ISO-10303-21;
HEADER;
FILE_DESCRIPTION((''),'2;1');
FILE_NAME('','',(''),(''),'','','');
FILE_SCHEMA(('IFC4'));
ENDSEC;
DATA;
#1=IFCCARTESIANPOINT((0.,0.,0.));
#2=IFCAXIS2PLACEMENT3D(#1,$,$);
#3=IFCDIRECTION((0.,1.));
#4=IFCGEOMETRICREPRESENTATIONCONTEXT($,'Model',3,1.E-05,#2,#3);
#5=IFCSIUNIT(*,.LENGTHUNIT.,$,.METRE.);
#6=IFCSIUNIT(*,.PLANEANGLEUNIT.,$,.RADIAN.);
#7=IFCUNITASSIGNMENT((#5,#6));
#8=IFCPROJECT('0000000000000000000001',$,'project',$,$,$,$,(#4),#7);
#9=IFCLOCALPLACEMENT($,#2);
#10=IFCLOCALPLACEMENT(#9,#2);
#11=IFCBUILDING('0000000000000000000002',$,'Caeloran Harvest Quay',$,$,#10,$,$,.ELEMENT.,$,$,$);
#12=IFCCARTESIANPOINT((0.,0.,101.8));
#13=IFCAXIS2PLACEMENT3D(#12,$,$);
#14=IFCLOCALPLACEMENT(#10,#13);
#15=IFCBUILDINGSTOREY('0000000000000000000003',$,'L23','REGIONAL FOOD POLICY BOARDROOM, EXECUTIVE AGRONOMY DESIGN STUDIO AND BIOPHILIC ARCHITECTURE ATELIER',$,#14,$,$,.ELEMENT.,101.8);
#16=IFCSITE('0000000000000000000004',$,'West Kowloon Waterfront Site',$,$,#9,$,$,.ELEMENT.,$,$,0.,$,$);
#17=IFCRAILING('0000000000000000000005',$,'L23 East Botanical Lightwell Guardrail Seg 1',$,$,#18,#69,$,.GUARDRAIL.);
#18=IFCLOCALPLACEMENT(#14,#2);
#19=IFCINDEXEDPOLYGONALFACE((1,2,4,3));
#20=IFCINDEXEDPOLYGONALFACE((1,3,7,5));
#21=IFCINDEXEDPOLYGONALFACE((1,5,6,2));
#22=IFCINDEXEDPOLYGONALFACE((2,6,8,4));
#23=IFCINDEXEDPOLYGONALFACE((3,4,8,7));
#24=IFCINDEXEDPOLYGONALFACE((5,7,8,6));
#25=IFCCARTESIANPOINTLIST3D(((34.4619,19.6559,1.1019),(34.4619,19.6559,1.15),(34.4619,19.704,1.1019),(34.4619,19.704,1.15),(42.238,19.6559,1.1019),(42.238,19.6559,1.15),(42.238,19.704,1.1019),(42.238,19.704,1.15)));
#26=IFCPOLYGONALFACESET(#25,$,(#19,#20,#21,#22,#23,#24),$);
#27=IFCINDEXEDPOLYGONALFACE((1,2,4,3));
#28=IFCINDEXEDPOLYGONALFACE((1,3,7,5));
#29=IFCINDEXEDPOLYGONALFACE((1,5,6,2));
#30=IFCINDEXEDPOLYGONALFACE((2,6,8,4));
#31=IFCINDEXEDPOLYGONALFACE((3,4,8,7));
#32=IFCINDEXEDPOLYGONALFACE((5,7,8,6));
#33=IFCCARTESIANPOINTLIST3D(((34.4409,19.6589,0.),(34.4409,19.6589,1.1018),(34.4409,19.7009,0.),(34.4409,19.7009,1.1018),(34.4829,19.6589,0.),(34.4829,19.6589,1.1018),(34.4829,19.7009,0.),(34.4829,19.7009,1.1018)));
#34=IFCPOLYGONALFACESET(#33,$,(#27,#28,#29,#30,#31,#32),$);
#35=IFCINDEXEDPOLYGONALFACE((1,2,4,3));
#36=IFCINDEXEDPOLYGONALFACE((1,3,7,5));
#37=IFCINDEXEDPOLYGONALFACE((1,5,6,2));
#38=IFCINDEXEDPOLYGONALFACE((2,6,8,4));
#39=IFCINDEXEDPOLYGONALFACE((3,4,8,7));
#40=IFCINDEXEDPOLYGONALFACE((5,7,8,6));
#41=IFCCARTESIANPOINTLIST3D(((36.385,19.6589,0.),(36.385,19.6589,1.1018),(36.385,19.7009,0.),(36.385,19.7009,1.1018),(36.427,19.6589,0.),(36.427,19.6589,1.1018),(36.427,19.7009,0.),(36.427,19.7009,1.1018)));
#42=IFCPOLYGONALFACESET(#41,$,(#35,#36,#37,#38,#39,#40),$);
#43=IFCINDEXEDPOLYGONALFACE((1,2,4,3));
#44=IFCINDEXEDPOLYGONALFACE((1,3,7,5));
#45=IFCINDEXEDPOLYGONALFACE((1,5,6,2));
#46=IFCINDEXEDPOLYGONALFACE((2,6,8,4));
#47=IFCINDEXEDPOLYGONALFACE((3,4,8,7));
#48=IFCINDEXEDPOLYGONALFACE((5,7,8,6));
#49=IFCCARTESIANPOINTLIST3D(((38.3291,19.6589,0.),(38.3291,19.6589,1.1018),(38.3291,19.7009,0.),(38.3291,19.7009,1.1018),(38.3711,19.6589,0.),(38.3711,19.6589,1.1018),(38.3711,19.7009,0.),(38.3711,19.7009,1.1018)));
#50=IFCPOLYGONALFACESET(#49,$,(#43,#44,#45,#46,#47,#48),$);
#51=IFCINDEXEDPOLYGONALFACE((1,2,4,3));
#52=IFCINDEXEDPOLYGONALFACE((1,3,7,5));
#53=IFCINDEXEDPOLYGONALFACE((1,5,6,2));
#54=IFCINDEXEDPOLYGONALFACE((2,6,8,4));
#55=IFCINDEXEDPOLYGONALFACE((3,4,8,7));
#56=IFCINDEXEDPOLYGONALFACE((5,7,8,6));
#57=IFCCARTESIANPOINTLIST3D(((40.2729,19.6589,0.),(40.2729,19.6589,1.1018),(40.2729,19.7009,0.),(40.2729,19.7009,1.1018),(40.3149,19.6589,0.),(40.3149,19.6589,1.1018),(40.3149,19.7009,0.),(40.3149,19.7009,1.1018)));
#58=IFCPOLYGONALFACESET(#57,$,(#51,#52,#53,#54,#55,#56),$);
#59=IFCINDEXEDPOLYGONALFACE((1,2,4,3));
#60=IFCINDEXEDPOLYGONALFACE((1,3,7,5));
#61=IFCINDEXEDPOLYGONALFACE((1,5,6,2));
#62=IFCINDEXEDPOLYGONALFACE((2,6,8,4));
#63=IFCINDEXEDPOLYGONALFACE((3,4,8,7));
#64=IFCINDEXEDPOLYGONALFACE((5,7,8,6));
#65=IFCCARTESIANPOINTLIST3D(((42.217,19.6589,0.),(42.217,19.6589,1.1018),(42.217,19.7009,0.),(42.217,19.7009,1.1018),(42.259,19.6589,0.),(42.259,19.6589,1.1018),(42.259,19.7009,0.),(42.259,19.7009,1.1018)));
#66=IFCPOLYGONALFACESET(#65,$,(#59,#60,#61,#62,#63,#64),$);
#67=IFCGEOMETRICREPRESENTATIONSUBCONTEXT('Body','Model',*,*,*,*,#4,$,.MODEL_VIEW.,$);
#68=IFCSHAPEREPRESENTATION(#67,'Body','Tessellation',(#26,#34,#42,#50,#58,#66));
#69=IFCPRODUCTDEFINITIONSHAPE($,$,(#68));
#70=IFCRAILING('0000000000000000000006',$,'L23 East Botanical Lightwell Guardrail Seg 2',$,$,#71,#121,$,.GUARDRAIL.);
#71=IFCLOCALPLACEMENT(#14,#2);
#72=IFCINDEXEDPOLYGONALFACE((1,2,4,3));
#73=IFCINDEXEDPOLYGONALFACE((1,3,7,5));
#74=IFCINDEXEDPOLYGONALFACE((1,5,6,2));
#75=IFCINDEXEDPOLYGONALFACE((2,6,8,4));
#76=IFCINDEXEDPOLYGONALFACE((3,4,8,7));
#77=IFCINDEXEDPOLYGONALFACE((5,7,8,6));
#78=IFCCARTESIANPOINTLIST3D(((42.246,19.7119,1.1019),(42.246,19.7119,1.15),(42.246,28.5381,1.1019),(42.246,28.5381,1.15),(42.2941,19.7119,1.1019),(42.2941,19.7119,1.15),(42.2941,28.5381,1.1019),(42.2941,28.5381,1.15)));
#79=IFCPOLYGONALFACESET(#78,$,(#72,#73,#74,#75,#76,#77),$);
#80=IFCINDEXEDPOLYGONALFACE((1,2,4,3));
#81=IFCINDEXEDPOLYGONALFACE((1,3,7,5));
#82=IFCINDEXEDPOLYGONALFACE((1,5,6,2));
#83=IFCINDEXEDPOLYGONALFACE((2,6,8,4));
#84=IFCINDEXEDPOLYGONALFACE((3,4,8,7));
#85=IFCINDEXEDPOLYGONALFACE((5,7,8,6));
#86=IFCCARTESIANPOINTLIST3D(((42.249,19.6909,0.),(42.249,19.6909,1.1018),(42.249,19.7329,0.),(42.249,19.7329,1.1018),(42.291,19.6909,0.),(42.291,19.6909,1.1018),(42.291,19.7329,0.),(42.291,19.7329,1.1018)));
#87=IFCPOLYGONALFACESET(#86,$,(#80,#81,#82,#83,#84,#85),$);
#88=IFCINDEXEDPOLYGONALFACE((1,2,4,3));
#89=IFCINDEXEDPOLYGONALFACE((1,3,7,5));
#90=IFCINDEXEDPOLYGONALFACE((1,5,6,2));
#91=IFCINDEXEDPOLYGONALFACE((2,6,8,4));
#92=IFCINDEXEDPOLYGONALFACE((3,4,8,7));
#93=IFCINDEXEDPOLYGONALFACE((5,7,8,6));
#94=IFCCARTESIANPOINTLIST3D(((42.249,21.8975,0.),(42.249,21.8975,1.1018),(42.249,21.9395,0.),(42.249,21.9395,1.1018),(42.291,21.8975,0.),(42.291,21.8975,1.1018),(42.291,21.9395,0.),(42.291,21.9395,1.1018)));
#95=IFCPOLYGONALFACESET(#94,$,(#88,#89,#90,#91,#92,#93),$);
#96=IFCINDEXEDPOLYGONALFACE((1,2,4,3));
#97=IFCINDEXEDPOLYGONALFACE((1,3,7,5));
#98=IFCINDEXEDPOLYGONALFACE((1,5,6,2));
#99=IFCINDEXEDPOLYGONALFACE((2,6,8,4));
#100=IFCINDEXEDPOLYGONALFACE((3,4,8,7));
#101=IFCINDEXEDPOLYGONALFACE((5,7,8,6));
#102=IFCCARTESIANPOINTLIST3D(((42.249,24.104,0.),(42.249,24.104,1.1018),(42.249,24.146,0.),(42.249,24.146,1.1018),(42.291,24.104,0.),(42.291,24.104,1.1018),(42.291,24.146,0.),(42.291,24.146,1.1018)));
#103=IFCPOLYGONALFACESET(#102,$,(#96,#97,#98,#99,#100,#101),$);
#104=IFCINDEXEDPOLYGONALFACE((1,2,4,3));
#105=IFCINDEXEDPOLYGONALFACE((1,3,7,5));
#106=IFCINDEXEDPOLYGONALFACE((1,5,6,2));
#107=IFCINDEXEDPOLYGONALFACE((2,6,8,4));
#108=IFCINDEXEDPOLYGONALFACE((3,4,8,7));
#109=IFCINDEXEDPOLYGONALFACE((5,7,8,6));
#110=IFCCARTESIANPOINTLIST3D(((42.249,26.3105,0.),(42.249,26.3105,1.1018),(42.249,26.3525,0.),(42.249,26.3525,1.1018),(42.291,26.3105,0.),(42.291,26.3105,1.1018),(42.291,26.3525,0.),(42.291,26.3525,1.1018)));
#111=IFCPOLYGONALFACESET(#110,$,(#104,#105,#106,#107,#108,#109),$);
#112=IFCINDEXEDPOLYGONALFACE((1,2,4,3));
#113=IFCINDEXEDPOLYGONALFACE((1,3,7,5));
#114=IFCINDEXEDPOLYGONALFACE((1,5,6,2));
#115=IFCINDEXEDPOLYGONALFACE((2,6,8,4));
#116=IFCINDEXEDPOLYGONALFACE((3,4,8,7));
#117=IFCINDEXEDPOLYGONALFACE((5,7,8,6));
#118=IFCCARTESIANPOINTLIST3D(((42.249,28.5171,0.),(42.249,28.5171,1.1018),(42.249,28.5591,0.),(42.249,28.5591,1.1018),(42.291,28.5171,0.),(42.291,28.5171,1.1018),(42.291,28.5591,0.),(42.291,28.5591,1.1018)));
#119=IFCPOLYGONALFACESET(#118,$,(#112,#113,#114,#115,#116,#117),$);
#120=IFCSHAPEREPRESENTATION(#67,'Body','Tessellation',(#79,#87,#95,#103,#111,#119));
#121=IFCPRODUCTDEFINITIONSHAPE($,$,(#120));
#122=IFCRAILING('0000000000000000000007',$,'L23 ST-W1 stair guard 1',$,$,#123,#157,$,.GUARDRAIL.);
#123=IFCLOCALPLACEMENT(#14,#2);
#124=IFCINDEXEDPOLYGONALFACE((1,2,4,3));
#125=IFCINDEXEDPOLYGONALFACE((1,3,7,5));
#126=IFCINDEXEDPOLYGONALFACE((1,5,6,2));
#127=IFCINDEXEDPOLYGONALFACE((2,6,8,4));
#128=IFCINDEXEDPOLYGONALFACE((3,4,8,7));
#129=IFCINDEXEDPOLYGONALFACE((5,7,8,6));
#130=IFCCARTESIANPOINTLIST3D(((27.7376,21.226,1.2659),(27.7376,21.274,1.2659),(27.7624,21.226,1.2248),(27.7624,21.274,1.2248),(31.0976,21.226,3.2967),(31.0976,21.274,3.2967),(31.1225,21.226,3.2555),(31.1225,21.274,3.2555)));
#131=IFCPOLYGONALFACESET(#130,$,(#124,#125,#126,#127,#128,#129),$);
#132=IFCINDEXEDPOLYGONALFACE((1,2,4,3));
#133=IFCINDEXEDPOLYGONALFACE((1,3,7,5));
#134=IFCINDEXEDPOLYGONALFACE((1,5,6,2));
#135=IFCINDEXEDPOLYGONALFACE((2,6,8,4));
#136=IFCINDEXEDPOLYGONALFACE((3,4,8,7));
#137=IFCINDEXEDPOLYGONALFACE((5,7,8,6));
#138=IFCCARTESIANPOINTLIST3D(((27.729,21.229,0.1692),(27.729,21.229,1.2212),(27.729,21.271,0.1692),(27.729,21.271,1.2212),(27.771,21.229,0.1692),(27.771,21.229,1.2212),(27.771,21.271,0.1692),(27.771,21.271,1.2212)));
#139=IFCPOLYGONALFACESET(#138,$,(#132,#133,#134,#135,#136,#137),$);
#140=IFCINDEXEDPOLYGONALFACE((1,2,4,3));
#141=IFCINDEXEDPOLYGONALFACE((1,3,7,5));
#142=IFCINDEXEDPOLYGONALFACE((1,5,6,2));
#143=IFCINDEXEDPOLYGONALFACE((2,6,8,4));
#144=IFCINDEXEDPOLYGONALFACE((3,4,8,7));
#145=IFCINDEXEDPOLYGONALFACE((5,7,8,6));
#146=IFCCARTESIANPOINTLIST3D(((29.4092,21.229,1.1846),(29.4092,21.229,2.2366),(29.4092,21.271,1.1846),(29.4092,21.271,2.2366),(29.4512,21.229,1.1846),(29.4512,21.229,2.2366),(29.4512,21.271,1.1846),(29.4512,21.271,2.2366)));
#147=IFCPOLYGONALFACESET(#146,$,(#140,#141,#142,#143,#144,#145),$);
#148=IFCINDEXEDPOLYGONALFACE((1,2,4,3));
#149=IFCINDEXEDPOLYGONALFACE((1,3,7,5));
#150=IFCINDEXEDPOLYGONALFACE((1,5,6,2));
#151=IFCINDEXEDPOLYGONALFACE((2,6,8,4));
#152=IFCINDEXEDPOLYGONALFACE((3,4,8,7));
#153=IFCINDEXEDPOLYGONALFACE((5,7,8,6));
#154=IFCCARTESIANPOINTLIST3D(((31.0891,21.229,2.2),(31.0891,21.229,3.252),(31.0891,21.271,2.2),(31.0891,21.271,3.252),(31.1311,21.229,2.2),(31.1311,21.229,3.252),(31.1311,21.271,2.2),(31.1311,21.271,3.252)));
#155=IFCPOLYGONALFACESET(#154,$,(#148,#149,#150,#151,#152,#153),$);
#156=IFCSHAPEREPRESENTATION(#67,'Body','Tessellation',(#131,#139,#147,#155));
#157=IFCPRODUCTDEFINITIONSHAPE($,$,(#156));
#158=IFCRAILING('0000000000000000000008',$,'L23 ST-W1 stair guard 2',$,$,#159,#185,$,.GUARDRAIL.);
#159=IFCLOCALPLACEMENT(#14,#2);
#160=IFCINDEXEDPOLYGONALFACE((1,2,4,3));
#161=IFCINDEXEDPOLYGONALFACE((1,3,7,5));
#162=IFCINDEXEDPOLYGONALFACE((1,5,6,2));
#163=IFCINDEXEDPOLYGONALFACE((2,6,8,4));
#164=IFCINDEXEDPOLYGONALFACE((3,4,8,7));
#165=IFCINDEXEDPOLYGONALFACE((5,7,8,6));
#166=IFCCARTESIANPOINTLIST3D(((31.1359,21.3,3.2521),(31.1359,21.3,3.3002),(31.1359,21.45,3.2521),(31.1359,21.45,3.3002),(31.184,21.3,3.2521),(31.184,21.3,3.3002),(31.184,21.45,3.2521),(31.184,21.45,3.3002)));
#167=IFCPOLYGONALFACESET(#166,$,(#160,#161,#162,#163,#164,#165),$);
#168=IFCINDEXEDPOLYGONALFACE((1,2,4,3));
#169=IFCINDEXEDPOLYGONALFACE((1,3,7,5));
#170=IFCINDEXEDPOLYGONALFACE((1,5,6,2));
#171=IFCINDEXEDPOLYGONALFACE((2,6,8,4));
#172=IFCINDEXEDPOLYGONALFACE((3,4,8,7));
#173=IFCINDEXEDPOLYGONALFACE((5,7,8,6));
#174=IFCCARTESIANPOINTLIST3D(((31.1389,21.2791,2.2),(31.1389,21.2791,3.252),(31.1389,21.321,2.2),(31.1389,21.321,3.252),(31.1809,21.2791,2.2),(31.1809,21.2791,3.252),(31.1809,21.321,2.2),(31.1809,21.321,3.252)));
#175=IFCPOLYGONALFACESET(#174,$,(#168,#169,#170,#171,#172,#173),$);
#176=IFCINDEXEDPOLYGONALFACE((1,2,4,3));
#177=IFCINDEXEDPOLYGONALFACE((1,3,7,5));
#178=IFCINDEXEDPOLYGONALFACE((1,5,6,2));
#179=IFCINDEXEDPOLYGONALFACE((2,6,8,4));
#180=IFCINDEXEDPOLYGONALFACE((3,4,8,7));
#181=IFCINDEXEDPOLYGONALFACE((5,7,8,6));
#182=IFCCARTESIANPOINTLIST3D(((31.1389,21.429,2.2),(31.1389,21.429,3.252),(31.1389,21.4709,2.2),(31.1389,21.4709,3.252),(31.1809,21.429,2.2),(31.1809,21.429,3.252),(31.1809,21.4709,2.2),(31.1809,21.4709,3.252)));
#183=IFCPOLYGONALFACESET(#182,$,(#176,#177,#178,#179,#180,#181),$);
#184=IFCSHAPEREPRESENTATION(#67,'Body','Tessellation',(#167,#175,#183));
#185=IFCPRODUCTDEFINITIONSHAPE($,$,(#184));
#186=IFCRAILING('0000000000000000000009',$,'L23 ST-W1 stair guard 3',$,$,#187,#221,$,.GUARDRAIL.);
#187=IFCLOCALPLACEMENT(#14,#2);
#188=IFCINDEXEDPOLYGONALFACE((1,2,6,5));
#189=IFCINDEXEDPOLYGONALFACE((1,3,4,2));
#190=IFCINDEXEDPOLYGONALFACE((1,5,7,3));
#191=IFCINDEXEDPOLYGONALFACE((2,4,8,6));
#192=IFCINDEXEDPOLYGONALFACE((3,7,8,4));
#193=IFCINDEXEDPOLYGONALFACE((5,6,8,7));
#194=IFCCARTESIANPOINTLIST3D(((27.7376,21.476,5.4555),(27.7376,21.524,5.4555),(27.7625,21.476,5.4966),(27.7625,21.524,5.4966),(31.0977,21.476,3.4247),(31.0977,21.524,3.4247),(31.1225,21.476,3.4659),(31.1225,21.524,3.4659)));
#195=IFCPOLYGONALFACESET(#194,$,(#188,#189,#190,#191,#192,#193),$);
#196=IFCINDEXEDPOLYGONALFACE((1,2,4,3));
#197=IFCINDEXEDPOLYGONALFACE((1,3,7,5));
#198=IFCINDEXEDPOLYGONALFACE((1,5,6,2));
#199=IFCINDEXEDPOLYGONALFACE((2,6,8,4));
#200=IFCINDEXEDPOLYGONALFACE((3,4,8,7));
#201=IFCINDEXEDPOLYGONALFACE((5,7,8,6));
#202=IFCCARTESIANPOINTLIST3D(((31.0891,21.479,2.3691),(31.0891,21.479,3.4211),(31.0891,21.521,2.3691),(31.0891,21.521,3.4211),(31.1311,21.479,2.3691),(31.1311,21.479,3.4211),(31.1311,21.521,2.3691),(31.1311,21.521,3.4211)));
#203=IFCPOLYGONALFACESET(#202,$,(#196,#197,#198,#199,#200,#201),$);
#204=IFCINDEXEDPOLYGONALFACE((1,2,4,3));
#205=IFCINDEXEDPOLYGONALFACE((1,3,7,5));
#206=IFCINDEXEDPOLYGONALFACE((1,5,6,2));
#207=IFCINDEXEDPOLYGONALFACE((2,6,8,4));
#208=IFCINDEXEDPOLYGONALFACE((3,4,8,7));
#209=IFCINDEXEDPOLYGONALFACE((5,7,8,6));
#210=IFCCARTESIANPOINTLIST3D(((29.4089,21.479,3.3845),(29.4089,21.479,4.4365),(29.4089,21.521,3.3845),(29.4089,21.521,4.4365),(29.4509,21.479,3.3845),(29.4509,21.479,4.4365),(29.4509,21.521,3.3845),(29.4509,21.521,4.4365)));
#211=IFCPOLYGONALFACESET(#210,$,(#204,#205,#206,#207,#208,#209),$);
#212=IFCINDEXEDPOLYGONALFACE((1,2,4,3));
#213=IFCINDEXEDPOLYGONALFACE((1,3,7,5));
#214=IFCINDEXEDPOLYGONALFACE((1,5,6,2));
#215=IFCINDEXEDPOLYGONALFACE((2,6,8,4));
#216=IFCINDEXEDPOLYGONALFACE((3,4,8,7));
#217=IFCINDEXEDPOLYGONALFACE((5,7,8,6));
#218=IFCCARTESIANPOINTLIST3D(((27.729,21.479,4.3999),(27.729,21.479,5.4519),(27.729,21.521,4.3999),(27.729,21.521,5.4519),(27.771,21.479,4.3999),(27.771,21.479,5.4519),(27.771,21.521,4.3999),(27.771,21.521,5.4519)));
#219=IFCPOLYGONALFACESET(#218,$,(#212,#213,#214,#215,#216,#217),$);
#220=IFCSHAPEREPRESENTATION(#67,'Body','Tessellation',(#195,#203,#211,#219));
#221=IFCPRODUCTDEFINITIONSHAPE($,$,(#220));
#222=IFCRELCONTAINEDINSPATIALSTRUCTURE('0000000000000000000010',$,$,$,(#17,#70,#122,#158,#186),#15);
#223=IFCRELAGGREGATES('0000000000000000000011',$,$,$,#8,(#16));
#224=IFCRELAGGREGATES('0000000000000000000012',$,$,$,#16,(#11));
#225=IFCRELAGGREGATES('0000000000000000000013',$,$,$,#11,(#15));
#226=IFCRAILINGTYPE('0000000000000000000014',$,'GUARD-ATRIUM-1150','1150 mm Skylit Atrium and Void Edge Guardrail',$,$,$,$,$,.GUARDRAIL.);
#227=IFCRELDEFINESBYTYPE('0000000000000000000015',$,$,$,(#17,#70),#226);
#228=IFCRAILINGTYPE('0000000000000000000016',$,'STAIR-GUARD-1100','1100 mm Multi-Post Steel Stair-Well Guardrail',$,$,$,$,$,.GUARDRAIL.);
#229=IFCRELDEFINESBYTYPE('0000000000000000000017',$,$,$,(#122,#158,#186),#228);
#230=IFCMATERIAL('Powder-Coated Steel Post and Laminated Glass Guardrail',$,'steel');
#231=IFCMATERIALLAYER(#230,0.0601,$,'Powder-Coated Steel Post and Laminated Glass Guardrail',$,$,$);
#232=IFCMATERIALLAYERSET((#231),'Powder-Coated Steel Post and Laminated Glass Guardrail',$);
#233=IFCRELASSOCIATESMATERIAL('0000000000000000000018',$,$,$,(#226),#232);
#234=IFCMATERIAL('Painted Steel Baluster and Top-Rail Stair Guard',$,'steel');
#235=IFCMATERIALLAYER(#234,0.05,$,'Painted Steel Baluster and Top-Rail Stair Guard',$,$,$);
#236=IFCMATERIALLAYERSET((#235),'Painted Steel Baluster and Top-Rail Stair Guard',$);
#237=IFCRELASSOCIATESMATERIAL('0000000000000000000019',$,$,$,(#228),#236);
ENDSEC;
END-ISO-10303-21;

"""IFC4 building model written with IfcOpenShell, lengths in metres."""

from ifc_helpers import new_model, si_unit, direction, frame, origin, origin_2d, place, context, subcontext, project, spatial, rectangle, extrude, material, layer, layer_set, type_object, element, save


model = new_model("IFC4")

# Units and contexts
model_context = context("Model", 3, precision=1e-05, world=origin(), true_north=direction((0.0, 1.0)))
body_context = subcontext(model_context, "Body", "Model", "MODEL_VIEW")
ifc_project = project(units=[si_unit("LENGTHUNIT", "METRE"), si_unit("PLANEANGLEUNIT", "RADIAN")], contexts=[model_context])

# Site, building, storey
site_placement = place(None, origin())
site = spatial("IfcSite", under=ifc_project, at=site_placement, Name="West Kowloon Waterfront Site", CompositionType="ELEMENT", RefElevation=0.0)
building_placement = place(site_placement, origin())
building = spatial("IfcBuilding", under=site, at=building_placement, Name="Caeloran Harvest Quay", CompositionType="ELEMENT")
storey_placement = place(building_placement, frame((0.0, 0.0, 101.8)))
storey = spatial("IfcBuildingStorey", under=building, at=storey_placement, Name="L23", Description="REGIONAL FOOD POLICY BOARDROOM, EXECUTIVE AGRONOMY DESIGN STUDIO AND BIOPHILIC ARCHITECTURE ATELIER", CompositionType="ELEMENT", Elevation=101.8)

# Railings
ifc_material_1 = material(Name="Powder-Coated Steel Post and Laminated Glass Guardrail", Category="steel")
ifc_layer_1 = layer(ifc_material_1, 0.0601, Name="Powder-Coated Steel Post and Laminated Glass Guardrail")
ifc_layer_set_1 = layer_set([ifc_layer_1], Name="Powder-Coated Steel Post and Laminated Glass Guardrail")
railing_type_1 = type_object("IfcRailingType", Name="GUARD-ATRIUM-1150", Description="1150 mm Skylit Atrium and Void Edge Guardrail", PredefinedType="GUARDRAIL", material=ifc_layer_set_1)
railing_1_placement = place(storey_placement, frame((34.4619, 19.6799, 0.0)))
element("IfcRailing", 1, at=railing_1_placement, inside=storey, type_object=railing_type_1, Name="L23 East Botanical Lightwell Guardrail Seg 1", PredefinedType="GUARDRAIL", context=body_context, shape_type="SweptSolid", body=[
    extrude(rectangle(XDim=0.0481, YDim=0.0481, at=origin_2d()), frame((0.0, 0.0, 1.126), z_axis=(1.0, 0.0, 0.0), x_axis=(0.0, 1.0, 0.0)), (0.0, 0.0, 1.0), 7.7761),
    extrude(rectangle(XDim=0.042, YDim=0.042, at=origin_2d()), origin(), (0.0, 0.0, 1.0), 1.1018),
    extrude(rectangle(XDim=0.042, YDim=0.042, at=origin_2d()), frame((1.9441, 0.0, 0.0)), (0.0, 0.0, 1.0), 1.1018),
    extrude(rectangle(XDim=0.042, YDim=0.042, at=origin_2d()), frame((3.8882, 0.0, 0.0)), (0.0, 0.0, 1.0), 1.1018),
    extrude(rectangle(XDim=0.042, YDim=0.042, at=origin_2d()), frame((5.832, 0.0, 0.0)), (0.0, 0.0, 1.0), 1.1018),
    extrude(rectangle(XDim=0.042, YDim=0.042, at=origin_2d()), frame((7.7761, 0.0, 0.0)), (0.0, 0.0, 1.0), 1.1018),
])
railing_2_placement = place(storey_placement, frame((42.27, 19.7119, 0.0)))
element("IfcRailing", 2, at=railing_2_placement, inside=storey, type_object=railing_type_1, Name="L23 East Botanical Lightwell Guardrail Seg 2", PredefinedType="GUARDRAIL", context=body_context, shape_type="SweptSolid", body=[
    extrude(rectangle(XDim=0.0481, YDim=0.0481, at=origin_2d()), frame((0.0, 0.0, 1.126), z_axis=(0.0, 1.0, 0.0), x_axis=(-1.0, 0.0, 0.0)), (0.0, 0.0, 1.0), 8.8262),
    extrude(rectangle(XDim=0.042, YDim=0.042, at=origin_2d()), origin(), (0.0, 0.0, 1.0), 1.1018),
    extrude(rectangle(XDim=0.042, YDim=0.042, at=origin_2d()), frame((0.0, 2.2065, 0.0)), (0.0, 0.0, 1.0), 1.1018),
    extrude(rectangle(XDim=0.042, YDim=0.042, at=origin_2d()), frame((0.0, 4.4131, 0.0)), (0.0, 0.0, 1.0), 1.1018),
    extrude(rectangle(XDim=0.042, YDim=0.042, at=origin_2d()), frame((0.0, 6.6196, 0.0)), (0.0, 0.0, 1.0), 1.1018),
    extrude(rectangle(XDim=0.042, YDim=0.042, at=origin_2d()), frame((0.0, 8.8262, 0.0)), (0.0, 0.0, 1.0), 1.1018),
])
ifc_material_2 = material(Name="Painted Steel Baluster and Top-Rail Stair Guard", Category="steel")
ifc_layer_2 = layer(ifc_material_2, 0.05, Name="Painted Steel Baluster and Top-Rail Stair Guard")
ifc_layer_set_2 = layer_set([ifc_layer_2], Name="Painted Steel Baluster and Top-Rail Stair Guard")
railing_type_2 = type_object("IfcRailingType", Name="STAIR-GUARD-1100", Description="1100 mm Multi-Post Steel Stair-Well Guardrail", PredefinedType="GUARDRAIL", material=ifc_layer_set_2)
railing_3_placement = place(storey_placement, frame((27.75, 21.25, 0.1692)))
element("IfcRailing", 3, at=railing_3_placement, inside=storey, type_object=railing_type_2, Name="L23 ST-W1 stair guard 1", PredefinedType="GUARDRAIL", context=body_context, shape_type="SweptSolid", body=[
    extrude(rectangle(XDim=0.0481, YDim=0.0481, at=origin_2d()), frame((0.0, 0.0, 1.0762), z_axis=(0.855837, 0.0, 0.517246), x_axis=(0.0, 1.0, 0.0)), (0.0, 0.0, 1.0), 3.926),
    extrude(rectangle(XDim=0.042, YDim=0.042, at=origin_2d()), origin(), (0.0, 0.0, 1.0), 1.052),
    extrude(rectangle(XDim=0.042, YDim=0.042, at=origin_2d()), frame((1.6802, 0.0, 1.0154)), (0.0, 0.0, 1.0), 1.052),
    extrude(rectangle(XDim=0.042, YDim=0.042, at=origin_2d()), frame((3.3601, 0.0, 2.0308)), (0.0, 0.0, 1.0), 1.052),
])
railing_4_placement = place(storey_placement, frame((31.1599, 21.3, 2.2)))
element("IfcRailing", 4, at=railing_4_placement, inside=storey, type_object=railing_type_2, Name="L23 ST-W1 stair guard 2", PredefinedType="GUARDRAIL", context=body_context, shape_type="SweptSolid", body=[
    extrude(rectangle(XDim=0.0481, YDim=0.0481, at=origin_2d()), frame((0.0, 0.0, 1.0762), z_axis=(0.0, 1.0, 0.0), x_axis=(-1.0, 0.0, 0.0)), (0.0, 0.0, 1.0), 0.1499),
    extrude(rectangle(XDim=0.042, YDim=0.042, at=origin_2d()), origin(), (0.0, 0.0, 1.0), 1.052),
    extrude(rectangle(XDim=0.042, YDim=0.042, at=origin_2d()), frame((0.0, 0.1499, 0.0)), (0.0, 0.0, 1.0), 1.052),
])
railing_5_placement = place(storey_placement, frame((31.1101, 21.5, 2.3691)))
element("IfcRailing", 5, at=railing_5_placement, inside=storey, type_object=railing_type_2, Name="L23 ST-W1 stair guard 3", PredefinedType="GUARDRAIL", context=body_context, shape_type="SweptSolid", body=[
    extrude(rectangle(XDim=0.0481, YDim=0.0481, at=origin_2d()), frame((0.0, 0.0, 1.0762), z_axis=(-0.855837, 0.0, 0.517246), x_axis=(0.0, -1.0, 0.0)), (0.0, 0.0, 1.0), 3.926),
    extrude(rectangle(XDim=0.042, YDim=0.042, at=origin_2d()), origin(), (0.0, 0.0, 1.0), 1.052),
    extrude(rectangle(XDim=0.042, YDim=0.042, at=origin_2d()), frame((-1.6802, 0.0, 1.0154)), (0.0, 0.0, 1.0), 1.052),
    extrude(rectangle(XDim=0.042, YDim=0.042, at=origin_2d()), frame((-3.3601, 0.0, 2.0308)), (0.0, 0.0, 1.0), 1.052),
])

save(model, "model.ifc")
